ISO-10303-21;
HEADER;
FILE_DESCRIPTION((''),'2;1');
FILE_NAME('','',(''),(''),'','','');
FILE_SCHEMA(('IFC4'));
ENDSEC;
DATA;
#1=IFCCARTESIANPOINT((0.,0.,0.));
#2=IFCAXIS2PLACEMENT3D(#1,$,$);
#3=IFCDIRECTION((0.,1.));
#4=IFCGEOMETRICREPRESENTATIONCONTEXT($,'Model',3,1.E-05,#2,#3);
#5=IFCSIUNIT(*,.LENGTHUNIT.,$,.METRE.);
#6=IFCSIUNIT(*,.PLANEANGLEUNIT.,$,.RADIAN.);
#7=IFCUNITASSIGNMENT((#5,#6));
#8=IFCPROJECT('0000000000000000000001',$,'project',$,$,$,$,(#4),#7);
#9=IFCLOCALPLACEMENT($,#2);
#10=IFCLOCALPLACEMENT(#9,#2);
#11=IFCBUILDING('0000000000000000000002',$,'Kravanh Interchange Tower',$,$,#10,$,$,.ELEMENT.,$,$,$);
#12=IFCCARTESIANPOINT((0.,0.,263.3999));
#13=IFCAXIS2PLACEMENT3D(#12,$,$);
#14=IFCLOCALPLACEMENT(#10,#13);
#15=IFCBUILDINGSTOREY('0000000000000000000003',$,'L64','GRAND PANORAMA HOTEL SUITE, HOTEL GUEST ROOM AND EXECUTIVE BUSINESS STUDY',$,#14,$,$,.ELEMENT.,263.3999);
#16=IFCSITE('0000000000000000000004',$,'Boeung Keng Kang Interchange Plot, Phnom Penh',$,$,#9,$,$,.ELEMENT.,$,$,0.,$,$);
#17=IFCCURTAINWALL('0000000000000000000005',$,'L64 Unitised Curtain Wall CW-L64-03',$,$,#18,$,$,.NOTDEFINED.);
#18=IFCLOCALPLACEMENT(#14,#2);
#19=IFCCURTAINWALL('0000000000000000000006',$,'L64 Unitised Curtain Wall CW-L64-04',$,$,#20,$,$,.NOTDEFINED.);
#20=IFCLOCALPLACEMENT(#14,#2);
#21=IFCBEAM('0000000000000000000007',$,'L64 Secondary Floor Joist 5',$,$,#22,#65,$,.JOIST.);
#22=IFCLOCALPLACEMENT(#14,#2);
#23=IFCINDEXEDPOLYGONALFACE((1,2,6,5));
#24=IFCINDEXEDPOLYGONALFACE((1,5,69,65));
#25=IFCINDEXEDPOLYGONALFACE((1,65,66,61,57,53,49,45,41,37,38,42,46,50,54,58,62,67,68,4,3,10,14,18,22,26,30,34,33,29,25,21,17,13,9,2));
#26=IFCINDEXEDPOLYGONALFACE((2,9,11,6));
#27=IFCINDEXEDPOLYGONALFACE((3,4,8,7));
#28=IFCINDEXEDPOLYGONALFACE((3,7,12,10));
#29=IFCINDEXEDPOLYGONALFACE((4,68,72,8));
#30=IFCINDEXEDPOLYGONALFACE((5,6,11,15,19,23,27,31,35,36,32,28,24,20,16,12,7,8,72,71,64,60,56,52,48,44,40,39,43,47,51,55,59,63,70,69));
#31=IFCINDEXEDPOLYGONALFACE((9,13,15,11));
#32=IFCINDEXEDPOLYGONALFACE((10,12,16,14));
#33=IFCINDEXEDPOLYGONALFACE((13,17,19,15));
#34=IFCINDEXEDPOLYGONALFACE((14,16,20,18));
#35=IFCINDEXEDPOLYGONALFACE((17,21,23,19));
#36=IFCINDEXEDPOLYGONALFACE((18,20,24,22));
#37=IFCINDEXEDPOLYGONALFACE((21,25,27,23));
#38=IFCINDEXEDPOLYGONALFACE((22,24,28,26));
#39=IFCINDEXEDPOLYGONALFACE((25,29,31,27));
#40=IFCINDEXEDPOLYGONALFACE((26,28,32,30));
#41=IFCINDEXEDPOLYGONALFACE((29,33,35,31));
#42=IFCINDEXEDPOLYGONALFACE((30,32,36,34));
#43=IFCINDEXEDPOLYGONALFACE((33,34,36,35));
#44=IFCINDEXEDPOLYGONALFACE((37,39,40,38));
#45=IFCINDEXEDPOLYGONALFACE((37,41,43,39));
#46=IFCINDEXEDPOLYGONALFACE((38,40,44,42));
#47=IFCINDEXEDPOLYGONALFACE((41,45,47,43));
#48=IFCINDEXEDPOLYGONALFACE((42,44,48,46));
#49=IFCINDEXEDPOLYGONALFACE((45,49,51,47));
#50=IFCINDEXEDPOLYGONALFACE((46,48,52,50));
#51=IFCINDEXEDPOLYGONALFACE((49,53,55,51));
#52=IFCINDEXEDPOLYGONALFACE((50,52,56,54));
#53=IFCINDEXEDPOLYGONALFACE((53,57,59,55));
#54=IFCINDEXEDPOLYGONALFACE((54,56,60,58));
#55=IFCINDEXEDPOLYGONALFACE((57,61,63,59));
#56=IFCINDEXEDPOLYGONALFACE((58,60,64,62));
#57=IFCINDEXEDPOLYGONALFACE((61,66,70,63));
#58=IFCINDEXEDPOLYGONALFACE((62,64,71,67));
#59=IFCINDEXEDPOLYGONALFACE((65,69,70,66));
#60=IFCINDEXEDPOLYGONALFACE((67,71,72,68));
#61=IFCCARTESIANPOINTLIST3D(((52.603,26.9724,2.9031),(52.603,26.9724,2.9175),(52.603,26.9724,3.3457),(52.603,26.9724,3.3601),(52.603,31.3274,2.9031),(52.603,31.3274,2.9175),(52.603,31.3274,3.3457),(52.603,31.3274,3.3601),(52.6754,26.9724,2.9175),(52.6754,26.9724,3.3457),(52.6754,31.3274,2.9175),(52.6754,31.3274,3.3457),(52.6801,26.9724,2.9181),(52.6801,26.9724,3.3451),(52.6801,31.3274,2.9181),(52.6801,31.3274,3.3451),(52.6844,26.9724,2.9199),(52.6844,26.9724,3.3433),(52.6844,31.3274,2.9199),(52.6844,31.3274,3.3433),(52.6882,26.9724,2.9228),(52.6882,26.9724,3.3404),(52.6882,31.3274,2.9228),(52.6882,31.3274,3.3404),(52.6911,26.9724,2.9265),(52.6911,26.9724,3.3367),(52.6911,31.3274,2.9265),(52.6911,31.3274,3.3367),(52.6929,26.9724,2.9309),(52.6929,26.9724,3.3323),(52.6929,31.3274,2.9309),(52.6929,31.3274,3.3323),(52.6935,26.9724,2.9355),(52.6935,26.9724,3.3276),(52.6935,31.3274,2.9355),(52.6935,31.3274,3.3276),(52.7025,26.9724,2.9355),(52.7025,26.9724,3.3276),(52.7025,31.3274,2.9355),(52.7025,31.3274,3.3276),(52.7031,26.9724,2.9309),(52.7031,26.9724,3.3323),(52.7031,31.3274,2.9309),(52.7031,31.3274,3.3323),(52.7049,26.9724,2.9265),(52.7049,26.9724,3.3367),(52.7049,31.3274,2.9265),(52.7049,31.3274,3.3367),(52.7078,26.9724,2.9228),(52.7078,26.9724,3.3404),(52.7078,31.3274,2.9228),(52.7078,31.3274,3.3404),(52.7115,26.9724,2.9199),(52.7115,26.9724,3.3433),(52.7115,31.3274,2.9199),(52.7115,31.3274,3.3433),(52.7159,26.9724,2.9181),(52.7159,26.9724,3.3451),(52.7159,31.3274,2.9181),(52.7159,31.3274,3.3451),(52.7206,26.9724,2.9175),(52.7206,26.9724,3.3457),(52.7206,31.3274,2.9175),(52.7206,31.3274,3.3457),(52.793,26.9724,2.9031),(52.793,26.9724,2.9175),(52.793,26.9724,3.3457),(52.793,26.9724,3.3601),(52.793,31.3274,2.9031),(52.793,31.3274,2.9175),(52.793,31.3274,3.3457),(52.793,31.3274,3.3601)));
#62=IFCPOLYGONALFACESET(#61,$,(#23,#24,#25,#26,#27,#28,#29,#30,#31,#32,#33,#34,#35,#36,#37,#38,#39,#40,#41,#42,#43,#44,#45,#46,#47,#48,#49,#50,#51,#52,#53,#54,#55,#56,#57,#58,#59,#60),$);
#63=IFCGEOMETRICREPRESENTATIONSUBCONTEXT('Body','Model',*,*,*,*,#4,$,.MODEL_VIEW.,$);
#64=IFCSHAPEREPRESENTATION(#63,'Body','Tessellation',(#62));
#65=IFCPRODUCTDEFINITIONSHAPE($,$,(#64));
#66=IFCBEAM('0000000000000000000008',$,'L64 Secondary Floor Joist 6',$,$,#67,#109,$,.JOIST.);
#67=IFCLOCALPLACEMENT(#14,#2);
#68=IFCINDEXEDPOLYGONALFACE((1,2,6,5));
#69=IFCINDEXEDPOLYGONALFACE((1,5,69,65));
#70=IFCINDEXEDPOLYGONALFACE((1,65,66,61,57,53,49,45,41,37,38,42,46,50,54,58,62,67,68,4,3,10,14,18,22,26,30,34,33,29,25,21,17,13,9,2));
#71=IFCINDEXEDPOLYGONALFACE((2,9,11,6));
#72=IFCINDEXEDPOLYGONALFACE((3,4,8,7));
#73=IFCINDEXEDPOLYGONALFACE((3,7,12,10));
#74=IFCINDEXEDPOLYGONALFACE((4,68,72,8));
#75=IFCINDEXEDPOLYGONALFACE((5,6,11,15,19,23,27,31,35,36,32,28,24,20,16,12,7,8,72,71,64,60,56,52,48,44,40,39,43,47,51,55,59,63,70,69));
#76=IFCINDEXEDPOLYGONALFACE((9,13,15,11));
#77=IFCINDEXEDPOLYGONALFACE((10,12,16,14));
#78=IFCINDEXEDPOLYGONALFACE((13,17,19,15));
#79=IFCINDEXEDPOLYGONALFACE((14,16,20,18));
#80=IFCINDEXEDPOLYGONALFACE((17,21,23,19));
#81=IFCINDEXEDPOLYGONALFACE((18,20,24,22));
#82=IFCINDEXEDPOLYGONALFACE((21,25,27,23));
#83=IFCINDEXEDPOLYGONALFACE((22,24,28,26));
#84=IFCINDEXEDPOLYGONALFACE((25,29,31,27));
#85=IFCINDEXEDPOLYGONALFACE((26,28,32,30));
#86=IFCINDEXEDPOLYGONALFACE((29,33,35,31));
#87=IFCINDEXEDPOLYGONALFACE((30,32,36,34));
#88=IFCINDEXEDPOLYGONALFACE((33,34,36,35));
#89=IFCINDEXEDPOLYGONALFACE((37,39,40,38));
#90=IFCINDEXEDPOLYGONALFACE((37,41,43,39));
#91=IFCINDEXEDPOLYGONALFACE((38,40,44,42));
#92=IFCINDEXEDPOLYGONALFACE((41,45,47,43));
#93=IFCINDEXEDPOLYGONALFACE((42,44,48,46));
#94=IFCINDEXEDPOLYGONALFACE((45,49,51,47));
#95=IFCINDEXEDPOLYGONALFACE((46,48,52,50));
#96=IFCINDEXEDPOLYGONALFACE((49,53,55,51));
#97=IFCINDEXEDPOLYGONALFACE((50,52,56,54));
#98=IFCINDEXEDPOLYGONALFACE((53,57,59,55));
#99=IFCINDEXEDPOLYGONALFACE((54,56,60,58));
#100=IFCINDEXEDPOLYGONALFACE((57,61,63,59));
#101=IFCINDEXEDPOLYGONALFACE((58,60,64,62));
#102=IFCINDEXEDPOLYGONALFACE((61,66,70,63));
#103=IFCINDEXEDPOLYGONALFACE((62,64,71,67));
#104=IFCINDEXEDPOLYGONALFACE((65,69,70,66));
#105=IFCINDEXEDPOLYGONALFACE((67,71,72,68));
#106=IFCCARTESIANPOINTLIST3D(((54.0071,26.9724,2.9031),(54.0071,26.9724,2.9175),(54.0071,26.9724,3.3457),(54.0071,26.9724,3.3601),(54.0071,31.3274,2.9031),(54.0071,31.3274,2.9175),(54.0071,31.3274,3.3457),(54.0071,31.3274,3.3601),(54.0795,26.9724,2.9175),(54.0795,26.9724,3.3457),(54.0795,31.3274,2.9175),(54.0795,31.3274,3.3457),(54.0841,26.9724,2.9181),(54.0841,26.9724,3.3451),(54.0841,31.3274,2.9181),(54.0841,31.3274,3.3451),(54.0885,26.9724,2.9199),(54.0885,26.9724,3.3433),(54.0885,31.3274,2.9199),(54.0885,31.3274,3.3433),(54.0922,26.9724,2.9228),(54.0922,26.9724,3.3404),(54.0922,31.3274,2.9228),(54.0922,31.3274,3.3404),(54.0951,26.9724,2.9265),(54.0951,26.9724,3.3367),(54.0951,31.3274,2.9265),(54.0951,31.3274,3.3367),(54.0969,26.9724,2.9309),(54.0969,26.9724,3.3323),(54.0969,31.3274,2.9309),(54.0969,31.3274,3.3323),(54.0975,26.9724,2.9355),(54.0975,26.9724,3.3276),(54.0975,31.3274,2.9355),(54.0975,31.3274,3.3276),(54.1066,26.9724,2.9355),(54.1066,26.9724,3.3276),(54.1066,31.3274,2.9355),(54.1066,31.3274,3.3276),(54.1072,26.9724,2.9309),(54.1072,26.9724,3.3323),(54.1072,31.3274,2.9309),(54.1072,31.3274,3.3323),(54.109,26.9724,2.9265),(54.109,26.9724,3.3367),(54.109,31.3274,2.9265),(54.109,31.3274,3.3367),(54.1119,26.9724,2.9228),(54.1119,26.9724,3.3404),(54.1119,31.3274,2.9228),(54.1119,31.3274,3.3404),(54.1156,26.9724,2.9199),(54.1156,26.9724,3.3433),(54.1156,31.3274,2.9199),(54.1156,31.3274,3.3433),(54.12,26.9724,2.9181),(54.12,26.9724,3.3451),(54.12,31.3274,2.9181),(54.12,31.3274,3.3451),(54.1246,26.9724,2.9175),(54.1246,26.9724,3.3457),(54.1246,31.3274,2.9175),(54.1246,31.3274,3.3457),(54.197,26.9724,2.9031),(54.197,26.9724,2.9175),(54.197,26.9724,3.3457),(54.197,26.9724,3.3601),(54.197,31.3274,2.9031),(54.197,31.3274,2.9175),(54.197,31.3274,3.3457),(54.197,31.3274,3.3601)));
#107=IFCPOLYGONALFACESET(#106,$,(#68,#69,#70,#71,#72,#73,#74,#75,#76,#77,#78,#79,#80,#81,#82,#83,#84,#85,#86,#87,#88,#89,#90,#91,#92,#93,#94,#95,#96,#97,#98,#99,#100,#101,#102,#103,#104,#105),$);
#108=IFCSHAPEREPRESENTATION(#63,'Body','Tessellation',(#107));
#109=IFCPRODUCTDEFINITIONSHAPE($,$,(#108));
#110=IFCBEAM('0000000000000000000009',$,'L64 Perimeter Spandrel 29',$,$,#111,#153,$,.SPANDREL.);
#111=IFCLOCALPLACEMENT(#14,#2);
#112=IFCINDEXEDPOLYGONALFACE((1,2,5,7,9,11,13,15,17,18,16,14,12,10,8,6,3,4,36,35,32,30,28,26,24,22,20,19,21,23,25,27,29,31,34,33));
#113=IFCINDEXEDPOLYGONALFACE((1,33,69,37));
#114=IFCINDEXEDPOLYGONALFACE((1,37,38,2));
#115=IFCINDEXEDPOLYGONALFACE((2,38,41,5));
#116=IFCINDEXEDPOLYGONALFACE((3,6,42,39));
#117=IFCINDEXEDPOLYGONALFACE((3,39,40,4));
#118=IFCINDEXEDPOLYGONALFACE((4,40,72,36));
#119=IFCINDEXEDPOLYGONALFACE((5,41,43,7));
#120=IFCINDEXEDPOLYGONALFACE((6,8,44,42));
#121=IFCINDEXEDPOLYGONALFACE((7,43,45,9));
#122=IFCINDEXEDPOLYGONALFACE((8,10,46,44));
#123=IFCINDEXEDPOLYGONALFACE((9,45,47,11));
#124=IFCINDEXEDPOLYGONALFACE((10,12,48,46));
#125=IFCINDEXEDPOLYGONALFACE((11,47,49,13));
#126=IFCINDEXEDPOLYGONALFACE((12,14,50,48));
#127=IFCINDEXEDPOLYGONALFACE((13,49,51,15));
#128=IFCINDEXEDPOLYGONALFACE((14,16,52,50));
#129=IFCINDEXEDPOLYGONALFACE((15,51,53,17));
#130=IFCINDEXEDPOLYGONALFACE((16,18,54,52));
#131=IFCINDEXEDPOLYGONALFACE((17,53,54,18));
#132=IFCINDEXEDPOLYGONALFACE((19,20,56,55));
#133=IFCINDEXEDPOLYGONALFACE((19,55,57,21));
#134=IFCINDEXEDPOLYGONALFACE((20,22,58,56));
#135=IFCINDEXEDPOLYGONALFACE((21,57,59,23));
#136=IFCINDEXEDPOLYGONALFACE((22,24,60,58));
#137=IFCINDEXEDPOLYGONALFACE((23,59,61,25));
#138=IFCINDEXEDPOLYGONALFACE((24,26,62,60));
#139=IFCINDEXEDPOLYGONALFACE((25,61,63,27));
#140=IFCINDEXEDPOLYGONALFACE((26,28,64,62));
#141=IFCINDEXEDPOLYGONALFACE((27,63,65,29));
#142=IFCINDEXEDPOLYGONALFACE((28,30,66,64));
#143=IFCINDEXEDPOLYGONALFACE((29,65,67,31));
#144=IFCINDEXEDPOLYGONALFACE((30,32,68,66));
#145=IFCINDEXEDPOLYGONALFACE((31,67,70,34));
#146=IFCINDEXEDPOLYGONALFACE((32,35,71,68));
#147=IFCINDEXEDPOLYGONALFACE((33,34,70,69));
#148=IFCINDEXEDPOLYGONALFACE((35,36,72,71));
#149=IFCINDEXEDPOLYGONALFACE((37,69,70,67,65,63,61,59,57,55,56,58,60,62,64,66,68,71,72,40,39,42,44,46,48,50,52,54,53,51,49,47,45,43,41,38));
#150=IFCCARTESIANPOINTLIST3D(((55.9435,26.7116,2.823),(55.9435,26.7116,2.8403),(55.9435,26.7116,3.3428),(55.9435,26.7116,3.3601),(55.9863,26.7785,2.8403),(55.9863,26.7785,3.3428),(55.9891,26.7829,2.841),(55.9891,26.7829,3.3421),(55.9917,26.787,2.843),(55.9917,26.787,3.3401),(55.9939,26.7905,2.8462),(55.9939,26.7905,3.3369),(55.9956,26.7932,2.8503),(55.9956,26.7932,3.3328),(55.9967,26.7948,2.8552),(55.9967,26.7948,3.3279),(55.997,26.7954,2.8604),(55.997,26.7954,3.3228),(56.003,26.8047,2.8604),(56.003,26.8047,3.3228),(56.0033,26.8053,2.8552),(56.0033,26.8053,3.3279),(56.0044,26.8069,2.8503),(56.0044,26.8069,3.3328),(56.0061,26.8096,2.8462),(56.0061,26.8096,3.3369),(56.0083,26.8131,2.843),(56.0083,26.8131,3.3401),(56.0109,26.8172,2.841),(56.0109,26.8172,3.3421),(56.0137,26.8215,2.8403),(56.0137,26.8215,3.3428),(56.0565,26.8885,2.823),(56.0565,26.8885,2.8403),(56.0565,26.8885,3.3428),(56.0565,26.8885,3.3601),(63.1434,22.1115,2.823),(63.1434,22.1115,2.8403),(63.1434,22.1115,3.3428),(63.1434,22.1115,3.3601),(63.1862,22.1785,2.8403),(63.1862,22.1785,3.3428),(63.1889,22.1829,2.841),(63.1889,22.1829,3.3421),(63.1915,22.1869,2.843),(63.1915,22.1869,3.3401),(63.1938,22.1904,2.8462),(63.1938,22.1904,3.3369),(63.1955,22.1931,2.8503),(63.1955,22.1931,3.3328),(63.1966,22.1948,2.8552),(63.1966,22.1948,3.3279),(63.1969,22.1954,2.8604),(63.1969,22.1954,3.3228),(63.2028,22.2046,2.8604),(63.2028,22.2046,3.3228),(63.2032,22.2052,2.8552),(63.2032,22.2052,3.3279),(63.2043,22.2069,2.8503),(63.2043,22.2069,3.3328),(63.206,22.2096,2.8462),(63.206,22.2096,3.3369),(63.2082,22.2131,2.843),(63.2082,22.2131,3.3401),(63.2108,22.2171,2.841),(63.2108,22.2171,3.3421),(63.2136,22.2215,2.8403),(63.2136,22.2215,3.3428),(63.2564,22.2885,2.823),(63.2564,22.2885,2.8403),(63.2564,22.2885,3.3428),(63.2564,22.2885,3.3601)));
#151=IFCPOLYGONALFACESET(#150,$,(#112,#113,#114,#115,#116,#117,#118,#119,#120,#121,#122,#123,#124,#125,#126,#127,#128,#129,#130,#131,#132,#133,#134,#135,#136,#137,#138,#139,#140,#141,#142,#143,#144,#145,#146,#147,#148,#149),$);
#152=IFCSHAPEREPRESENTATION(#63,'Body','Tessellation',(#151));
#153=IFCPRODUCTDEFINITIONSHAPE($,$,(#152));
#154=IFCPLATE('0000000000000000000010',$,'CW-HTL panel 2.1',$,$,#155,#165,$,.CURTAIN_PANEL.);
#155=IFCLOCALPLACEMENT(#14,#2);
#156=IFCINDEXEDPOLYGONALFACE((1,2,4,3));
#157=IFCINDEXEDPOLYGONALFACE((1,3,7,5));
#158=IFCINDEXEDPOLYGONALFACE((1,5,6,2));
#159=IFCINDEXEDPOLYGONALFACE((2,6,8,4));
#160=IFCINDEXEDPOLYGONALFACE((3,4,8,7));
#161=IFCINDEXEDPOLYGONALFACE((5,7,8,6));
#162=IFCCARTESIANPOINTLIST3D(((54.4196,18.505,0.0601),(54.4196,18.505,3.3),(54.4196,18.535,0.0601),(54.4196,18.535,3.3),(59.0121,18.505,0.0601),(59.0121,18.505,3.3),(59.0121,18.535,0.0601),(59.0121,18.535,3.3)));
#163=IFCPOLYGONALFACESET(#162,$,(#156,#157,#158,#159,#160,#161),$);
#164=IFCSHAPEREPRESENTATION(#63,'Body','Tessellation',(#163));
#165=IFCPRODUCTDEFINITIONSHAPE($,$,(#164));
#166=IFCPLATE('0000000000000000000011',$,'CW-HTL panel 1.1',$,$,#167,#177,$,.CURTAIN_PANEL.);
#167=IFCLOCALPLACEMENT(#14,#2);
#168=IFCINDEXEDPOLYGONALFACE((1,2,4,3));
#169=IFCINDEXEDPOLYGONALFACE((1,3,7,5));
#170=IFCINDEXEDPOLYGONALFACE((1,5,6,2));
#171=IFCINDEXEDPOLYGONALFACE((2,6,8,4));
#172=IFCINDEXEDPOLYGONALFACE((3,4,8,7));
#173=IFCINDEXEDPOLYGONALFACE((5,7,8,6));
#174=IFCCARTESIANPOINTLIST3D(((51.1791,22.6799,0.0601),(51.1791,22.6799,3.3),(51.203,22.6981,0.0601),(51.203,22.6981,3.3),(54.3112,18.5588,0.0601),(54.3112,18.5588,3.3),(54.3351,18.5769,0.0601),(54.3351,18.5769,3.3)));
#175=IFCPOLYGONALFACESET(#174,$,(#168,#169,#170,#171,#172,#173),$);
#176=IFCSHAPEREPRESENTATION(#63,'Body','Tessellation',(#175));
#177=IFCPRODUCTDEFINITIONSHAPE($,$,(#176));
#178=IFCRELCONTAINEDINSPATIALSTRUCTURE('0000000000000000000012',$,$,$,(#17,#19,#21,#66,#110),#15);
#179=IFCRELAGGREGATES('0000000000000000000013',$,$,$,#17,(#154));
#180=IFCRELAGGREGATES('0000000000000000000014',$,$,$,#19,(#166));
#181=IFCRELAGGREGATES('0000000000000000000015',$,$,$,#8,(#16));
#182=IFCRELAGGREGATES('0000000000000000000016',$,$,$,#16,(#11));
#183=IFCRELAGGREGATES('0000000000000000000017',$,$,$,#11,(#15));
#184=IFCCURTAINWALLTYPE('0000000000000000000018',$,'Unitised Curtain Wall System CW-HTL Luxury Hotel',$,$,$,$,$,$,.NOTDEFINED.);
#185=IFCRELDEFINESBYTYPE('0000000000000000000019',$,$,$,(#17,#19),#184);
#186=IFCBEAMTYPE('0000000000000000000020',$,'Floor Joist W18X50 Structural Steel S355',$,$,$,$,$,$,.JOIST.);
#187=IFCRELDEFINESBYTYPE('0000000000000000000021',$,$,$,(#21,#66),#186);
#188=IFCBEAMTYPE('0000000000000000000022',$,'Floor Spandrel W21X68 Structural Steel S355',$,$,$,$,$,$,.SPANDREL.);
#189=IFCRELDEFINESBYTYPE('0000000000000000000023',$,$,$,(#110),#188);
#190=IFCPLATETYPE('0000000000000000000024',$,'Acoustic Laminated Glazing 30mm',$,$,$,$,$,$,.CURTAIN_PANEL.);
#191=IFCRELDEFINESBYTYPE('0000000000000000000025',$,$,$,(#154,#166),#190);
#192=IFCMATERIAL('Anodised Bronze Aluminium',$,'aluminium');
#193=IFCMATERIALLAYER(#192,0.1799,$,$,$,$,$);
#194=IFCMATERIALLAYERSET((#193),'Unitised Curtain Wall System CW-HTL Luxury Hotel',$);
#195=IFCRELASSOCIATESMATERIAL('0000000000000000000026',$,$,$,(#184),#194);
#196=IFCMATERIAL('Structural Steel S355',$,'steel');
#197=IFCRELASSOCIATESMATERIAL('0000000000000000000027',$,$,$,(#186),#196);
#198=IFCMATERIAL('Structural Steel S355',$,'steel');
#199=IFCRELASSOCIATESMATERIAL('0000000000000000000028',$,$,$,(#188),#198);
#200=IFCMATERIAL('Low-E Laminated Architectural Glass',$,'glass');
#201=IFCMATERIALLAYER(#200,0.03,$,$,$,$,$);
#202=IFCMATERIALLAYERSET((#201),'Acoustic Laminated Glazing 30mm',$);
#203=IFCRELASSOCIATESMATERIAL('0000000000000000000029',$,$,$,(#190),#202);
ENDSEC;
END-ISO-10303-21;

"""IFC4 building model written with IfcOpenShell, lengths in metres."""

from ifc_helpers import new_model, si_unit, direction, frame, origin, origin_2d, place, context, subcontext, project, spatial, rectangle, i_section, extrude, material, layer, layer_set, material_profile, profile_set, type_object, element, aggregate, save


model = new_model("IFC4")

# Units and contexts
model_context = context("Model", 3, precision=1e-05, world=origin(), true_north=direction((0.0, 1.0)))
body_context = subcontext(model_context, "Body", "Model", "MODEL_VIEW")
ifc_project = project(units=[si_unit("LENGTHUNIT", "METRE"), si_unit("PLANEANGLEUNIT", "RADIAN")], contexts=[model_context])

# Site, building, storey
site_placement = place(None, origin())
site = spatial("IfcSite", under=ifc_project, at=site_placement, Name="Boeung Keng Kang Interchange Plot, Phnom Penh", CompositionType="ELEMENT", RefElevation=0.0)
building_placement = place(site_placement, origin())
building = spatial("IfcBuilding", under=site, at=building_placement, Name="Kravanh Interchange Tower", CompositionType="ELEMENT")
storey_placement = place(building_placement, frame((0.0, 0.0, 263.3999)))
storey = spatial("IfcBuildingStorey", under=building, at=storey_placement, Name="L64", Description="GRAND PANORAMA HOTEL SUITE, HOTEL GUEST ROOM AND EXECUTIVE BUSINESS STUDY", CompositionType="ELEMENT", Elevation=263.3999)

# Curtain wall
ifc_material_1 = material(Name="Anodised Bronze Aluminium", Category="aluminium")
ifc_layer_1 = layer(ifc_material_1, 0.1799)
ifc_layer_set_1 = layer_set([ifc_layer_1], Name="Unitised Curtain Wall System CW-HTL Luxury Hotel")
curtain_wall_type = type_object("IfcCurtainWallType", Name="Unitised Curtain Wall System CW-HTL Luxury Hotel", PredefinedType="NOTDEFINED", material=ifc_layer_set_1)
curtain_wall_1_placement = place(storey_placement, origin())
curtain_wall_1 = element("IfcCurtainWall", 1, at=curtain_wall_1_placement, inside=storey, type_object=curtain_wall_type, Name="L64 Unitised Curtain Wall CW-L64-03", PredefinedType="NOTDEFINED")

# Curtain wall
curtain_wall_2_placement = place(storey_placement, origin())
curtain_wall_2 = element("IfcCurtainWall", 2, at=curtain_wall_2_placement, inside=storey, type_object=curtain_wall_type, Name="L64 Unitised Curtain Wall CW-L64-04", PredefinedType="NOTDEFINED")

# Beams
ifc_material_2 = material(Name="Structural Steel S355", Category="steel")
ifc_material_profile_1 = material_profile(ifc_material_2, i_section(OverallWidth=0.1899, OverallDepth=0.457, WebThickness=0.009, FlangeThickness=0.0144, FilletRadius=0.0181, at=origin_2d()), Name="W18X50")
ifc_profile_set_1 = profile_set([ifc_material_profile_1], Name="Structural Steel S355")
beam_type_1 = type_object("IfcBeamType", Name="Floor Joist W18X50 Structural Steel S355", PredefinedType="JOIST", material=ifc_profile_set_1)
for number, where, z_axis, x_axis, name in (
    (3, (52.698, 26.9724, 3.1316), (0.0, 1.0, 0.0), (-1.0, 0.0, 0.0), "L64 Secondary Floor Joist 5"),
    (4, (54.1021, 26.9724, 3.1316), (0.0, 1.0, 0.0), (-1.0, 0.0, 0.0), "L64 Secondary Floor Joist 6"),
):
    element("IfcBeam", number, at=place(storey_placement, frame(where, z_axis=z_axis, x_axis=x_axis)), inside=storey, type_object=beam_type_1, Name=name, PredefinedType="JOIST", context=body_context, shape_type="SweptSolid", body=[
        extrude(i_section(OverallWidth=0.1899, OverallDepth=0.457, WebThickness=0.009, FlangeThickness=0.0144, FilletRadius=0.0181, at=origin_2d()), origin(), (0.0, 0.0, 1.0), 4.355),
    ])
ifc_material_3 = material(Name="Structural Steel S355", Category="steel")
ifc_material_profile_2 = material_profile(ifc_material_3, i_section(OverallWidth=0.21, OverallDepth=0.5371, WebThickness=0.011, FlangeThickness=0.0173, FilletRadius=0.02, at=origin_2d()), Name="W21X68")
ifc_profile_set_2 = profile_set([ifc_material_profile_2], Name="Structural Steel S355")
beam_type_2 = type_object("IfcBeamType", Name="Floor Spandrel W21X68 Structural Steel S355", PredefinedType="SPANDREL", material=ifc_profile_set_2)
beam_1_placement = place(storey_placement, frame((56.0, 26.8, 3.0916), z_axis=(0.842689, -0.5384, 0.0), x_axis=(0.5384, 0.842689, 0.0)))
element("IfcBeam", 5, at=beam_1_placement, inside=storey, type_object=beam_type_2, Name="L64 Perimeter Spandrel 29", PredefinedType="SPANDREL", context=body_context, shape_type="SweptSolid", body=[
    extrude(i_section(OverallWidth=0.21, OverallDepth=0.5371, WebThickness=0.011, FlangeThickness=0.0173, FilletRadius=0.02, at=origin_2d()), origin(), (0.0, 0.0, 1.0), 8.5439),
])

# Plates
ifc_material_4 = material(Name="Low-E Laminated Architectural Glass", Category="glass")
ifc_layer_2 = layer(ifc_material_4, 0.03)
ifc_layer_set_2 = layer_set([ifc_layer_2], Name="Acoustic Laminated Glazing 30mm")
plate_type = type_object("IfcPlateType", Name="Acoustic Laminated Glazing 30mm", PredefinedType="CURTAIN_PANEL", material=ifc_layer_set_2)
plate_1_placement = place(storey_placement, frame((56.7158, 18.52, 0.0601), z_axis=(0.0, 0.0, 1.0), x_axis=(-1.0, 0.0, 0.0)))
plate_1 = element("IfcPlate", 6, at=plate_1_placement, type_object=plate_type, Name="CW-HTL panel 2.1", PredefinedType="CURTAIN_PANEL", context=body_context, shape_type="SweptSolid", body=[
    extrude(rectangle(XDim=4.5925, YDim=0.03, at=origin_2d()), origin(), (0.0, 0.0, 1.0), 3.24),
])
aggregate(curtain_wall_1, [plate_1])
plate_2_placement = place(storey_placement, frame((52.7571, 20.6284, 0.0601), z_axis=(0.0, 0.0, 1.0), x_axis=(-0.605083, 0.796162, 0.0)))
plate_2 = element("IfcPlate", 7, at=plate_2_placement, type_object=plate_type, Name="CW-HTL panel 1.1", PredefinedType="CURTAIN_PANEL", context=body_context, shape_type="SweptSolid", body=[
    extrude(rectangle(XDim=5.1763, YDim=0.03, at=origin_2d()), origin(), (0.0, 0.0, 1.0), 3.24),
])
aggregate(curtain_wall_2, [plate_2])

save(model, "model.ifc")
